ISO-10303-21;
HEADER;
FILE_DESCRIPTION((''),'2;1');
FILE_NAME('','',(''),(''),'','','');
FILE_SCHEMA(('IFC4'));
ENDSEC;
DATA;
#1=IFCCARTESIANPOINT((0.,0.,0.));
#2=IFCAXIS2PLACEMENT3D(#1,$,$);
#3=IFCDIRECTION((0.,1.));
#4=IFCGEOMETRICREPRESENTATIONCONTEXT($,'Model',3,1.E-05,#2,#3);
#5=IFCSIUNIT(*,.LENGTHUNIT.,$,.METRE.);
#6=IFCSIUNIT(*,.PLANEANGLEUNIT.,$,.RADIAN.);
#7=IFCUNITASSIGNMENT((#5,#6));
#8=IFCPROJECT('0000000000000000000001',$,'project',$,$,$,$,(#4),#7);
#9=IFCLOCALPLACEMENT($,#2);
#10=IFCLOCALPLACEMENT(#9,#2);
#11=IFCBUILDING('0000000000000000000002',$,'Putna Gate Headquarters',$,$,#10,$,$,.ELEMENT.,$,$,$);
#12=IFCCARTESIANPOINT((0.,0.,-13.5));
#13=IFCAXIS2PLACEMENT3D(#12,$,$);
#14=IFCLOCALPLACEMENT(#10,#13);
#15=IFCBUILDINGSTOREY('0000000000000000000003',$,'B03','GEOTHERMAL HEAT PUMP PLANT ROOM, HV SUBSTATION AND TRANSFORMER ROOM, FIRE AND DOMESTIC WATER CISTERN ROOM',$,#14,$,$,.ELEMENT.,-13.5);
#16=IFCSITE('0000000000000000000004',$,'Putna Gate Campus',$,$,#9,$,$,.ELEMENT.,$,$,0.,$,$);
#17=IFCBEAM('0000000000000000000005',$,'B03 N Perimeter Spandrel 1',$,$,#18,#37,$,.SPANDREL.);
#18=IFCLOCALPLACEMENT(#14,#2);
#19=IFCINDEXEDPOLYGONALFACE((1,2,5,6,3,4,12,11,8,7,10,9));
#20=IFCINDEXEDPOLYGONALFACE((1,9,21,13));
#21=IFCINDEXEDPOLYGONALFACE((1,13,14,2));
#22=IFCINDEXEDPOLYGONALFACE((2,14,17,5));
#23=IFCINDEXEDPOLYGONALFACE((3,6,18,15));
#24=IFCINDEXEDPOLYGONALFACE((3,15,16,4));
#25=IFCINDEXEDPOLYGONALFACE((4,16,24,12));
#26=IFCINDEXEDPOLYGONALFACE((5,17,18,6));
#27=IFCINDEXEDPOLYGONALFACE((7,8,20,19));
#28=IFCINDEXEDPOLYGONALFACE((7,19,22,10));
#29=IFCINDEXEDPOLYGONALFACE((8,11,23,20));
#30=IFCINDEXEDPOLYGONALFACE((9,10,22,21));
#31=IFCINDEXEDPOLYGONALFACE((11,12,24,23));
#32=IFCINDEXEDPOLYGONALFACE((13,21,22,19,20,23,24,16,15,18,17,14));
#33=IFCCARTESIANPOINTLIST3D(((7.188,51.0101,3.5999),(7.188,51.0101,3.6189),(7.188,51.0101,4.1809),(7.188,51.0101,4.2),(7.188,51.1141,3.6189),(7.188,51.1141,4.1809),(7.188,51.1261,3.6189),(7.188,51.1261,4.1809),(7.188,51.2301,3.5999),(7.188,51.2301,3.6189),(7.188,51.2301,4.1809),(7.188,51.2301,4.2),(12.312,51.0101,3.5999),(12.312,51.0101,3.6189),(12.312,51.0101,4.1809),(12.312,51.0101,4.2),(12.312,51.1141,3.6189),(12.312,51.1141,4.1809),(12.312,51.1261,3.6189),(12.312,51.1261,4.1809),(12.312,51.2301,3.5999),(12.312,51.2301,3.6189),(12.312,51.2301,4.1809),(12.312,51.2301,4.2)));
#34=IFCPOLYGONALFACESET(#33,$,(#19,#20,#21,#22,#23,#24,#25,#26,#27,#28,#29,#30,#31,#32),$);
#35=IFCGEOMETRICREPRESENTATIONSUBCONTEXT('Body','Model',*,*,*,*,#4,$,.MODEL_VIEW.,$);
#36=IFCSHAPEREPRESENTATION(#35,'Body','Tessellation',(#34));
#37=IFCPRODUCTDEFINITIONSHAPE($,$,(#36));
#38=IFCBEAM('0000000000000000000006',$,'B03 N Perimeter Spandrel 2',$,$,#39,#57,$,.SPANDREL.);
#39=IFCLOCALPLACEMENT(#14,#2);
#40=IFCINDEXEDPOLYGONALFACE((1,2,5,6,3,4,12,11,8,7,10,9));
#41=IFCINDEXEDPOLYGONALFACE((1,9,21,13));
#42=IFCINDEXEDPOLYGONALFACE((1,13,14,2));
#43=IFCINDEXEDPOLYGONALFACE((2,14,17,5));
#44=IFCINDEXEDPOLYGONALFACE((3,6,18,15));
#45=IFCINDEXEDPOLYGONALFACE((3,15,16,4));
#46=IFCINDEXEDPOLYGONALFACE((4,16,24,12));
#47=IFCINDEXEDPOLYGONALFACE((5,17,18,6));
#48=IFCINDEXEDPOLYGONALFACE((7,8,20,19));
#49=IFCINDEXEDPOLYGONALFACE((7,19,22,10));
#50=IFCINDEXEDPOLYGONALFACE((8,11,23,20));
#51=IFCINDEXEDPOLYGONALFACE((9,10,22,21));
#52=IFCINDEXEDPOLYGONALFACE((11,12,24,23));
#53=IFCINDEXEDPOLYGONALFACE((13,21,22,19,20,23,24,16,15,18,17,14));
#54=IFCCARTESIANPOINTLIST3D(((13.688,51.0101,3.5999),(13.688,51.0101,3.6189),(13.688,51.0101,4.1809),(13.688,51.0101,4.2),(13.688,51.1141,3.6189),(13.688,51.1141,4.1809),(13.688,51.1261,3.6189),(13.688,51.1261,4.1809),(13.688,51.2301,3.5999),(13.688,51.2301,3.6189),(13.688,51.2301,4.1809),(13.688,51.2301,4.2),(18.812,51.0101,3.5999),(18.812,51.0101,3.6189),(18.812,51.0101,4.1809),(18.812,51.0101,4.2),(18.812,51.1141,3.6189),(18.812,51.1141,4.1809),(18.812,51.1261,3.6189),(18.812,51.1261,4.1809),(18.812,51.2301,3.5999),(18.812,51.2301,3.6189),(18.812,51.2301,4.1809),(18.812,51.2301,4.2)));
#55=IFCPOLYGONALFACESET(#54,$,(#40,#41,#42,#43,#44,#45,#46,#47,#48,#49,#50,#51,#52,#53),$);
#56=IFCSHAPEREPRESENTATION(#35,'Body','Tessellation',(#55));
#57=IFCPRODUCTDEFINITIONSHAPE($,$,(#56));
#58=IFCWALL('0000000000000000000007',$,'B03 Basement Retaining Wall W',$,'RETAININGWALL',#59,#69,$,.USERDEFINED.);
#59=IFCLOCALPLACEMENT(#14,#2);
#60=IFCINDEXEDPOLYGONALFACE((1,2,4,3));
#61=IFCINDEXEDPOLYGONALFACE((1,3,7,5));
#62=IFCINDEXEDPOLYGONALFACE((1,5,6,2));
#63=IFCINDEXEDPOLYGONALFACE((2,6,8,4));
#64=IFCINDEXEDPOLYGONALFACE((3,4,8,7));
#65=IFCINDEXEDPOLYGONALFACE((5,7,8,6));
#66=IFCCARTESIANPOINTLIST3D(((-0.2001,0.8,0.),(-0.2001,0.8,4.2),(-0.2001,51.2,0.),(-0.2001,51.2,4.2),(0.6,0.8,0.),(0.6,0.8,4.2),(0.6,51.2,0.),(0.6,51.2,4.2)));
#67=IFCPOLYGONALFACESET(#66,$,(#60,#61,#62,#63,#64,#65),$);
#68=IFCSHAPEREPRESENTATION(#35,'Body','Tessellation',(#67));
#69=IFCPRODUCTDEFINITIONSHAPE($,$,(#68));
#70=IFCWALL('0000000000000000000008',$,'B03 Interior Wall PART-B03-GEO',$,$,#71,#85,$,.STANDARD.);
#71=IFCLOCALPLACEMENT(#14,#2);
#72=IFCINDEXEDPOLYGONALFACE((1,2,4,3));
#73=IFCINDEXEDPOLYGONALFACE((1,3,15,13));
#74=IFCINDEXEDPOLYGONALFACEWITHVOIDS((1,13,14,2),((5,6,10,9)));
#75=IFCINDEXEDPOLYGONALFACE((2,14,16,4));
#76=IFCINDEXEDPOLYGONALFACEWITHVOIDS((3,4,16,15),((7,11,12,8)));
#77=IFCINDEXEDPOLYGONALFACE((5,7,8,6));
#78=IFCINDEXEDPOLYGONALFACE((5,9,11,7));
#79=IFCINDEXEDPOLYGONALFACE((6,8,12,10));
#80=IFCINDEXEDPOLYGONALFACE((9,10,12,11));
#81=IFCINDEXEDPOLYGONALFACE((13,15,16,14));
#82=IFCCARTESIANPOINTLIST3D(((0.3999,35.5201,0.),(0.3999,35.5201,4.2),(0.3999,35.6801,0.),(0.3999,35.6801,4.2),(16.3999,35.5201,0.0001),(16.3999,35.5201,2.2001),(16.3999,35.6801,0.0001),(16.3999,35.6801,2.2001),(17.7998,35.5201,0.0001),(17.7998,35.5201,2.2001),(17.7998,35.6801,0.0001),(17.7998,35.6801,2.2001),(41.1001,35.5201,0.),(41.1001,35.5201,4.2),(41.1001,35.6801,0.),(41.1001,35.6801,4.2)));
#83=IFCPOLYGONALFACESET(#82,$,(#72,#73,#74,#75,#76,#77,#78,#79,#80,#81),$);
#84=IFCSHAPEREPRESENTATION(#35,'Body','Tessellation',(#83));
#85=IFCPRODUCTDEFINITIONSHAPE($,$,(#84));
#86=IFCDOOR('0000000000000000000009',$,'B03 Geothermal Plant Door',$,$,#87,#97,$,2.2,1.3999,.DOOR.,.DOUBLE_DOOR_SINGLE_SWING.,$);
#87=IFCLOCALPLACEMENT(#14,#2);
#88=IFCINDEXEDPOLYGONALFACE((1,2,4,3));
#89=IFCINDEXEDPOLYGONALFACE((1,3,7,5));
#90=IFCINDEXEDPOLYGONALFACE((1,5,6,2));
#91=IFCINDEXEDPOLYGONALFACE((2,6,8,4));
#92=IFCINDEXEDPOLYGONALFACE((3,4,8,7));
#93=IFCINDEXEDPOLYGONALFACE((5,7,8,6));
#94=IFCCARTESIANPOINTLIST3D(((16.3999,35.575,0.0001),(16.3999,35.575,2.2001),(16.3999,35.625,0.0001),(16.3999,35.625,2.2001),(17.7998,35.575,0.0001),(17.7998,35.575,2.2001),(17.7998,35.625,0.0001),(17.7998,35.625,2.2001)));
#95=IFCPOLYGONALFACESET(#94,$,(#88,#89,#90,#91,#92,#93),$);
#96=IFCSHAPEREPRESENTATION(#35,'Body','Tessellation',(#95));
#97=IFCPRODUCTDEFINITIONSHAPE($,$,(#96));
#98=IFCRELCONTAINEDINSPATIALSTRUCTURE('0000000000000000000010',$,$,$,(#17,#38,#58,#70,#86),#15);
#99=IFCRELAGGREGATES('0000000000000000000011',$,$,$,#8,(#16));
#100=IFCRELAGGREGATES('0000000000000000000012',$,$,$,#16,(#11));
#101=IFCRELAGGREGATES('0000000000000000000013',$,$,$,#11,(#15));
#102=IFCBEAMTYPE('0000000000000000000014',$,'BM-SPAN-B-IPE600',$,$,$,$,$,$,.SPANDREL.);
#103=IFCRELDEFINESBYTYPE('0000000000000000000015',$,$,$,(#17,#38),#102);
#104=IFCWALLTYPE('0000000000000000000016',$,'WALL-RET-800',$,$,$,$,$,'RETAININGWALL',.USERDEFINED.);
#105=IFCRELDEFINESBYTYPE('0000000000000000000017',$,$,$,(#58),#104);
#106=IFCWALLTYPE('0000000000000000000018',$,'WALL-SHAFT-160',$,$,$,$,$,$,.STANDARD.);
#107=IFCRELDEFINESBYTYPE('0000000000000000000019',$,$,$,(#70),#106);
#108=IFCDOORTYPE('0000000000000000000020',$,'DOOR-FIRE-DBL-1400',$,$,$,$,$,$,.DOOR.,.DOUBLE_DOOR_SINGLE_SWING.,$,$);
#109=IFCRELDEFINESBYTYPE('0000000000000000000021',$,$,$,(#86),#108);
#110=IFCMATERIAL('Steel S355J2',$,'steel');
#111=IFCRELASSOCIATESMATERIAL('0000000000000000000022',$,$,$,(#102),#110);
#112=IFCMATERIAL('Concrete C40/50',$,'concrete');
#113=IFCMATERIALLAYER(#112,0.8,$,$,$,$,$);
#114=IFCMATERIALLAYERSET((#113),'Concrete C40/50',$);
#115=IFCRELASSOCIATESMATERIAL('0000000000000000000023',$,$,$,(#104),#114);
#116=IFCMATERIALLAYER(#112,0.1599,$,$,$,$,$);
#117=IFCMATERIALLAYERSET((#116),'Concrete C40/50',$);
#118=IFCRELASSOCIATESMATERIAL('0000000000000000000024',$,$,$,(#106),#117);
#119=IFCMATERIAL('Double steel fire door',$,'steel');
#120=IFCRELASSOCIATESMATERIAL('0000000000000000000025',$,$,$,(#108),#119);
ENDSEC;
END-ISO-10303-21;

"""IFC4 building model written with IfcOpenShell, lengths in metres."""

from ifc_helpers import new_model, si_unit, direction, frame, frame_2d, origin, origin_2d, place, context, subcontext, project, spatial, rectangle, i_section, extrude, material, layer, layer_set, material_profile, profile_set, type_object, element, fill, save


model = new_model("IFC4")

# Units and contexts
model_context = context("Model", 3, precision=1e-05, world=origin(), true_north=direction((0.0, 1.0)))
body_context = subcontext(model_context, "Body", "Model", "MODEL_VIEW")
ifc_project = project(units=[si_unit("LENGTHUNIT", "METRE"), si_unit("PLANEANGLEUNIT", "RADIAN")], contexts=[model_context])

# Site, building, storey
site_placement = place(None, origin())
site = spatial("IfcSite", under=ifc_project, at=site_placement, Name="Putna Gate Campus", CompositionType="ELEMENT", RefElevation=0.0)
building_placement = place(site_placement, origin())
building = spatial("IfcBuilding", under=site, at=building_placement, Name="Putna Gate Headquarters", CompositionType="ELEMENT")
storey_placement = place(building_placement, frame((0.0, 0.0, -13.5)))
storey = spatial("IfcBuildingStorey", under=building, at=storey_placement, Name="B03", Description="GEOTHERMAL HEAT PUMP PLANT ROOM, HV SUBSTATION AND TRANSFORMER ROOM, FIRE AND DOMESTIC WATER CISTERN ROOM", CompositionType="ELEMENT", Elevation=-13.5)

# Shared definitions
ifc_material_1 = material(Name="Concrete C40/50", Category="concrete")

# Beams
ifc_material_2 = material(Name="Steel S355J2", Category="steel")
ifc_material_profile_1 = material_profile(ifc_material_2, i_section(OverallWidth=0.22, OverallDepth=0.6001, WebThickness=0.012, FlangeThickness=0.019, at=origin_2d()), Name="Steel S355J2")
ifc_profile_set_1 = profile_set([ifc_material_profile_1], Name="Steel S355J2")
beam_type_1 = type_object("IfcBeamType", Name="BM-SPAN-B-IPE600", PredefinedType="SPANDREL", material=ifc_profile_set_1)
for number, where, z_axis, x_axis, name in (
    (1, (7.188, 51.1201, 3.8999), (1.0, 0.0, 0.0), (0.0, 1.0, 0.0), "B03 N Perimeter Spandrel 1"),
    (2, (13.688, 51.1201, 3.8999), (1.0, 0.0, 0.0), (0.0, 1.0, 0.0), "B03 N Perimeter Spandrel 2"),
):
    element("IfcBeam", number, at=place(storey_placement, frame(where, z_axis=z_axis, x_axis=x_axis)), inside=storey, type_object=beam_type_1, Name=name, PredefinedType="SPANDREL", context=body_context, shape_type="SweptSolid", body=[
        extrude(i_section(OverallWidth=0.22, OverallDepth=0.6001, WebThickness=0.012, FlangeThickness=0.019, at=origin_2d()), origin(), (0.0, 0.0, 1.0), 5.124),
    ])

# Wall
ifc_layer_1 = layer(ifc_material_1, 0.8)
ifc_layer_set_1 = layer_set([ifc_layer_1], Name="Concrete C40/50")
wall_type_1 = type_object("IfcWallType", Name="WALL-RET-800", ElementType="RETAININGWALL", PredefinedType="USERDEFINED", material=ifc_layer_set_1)
wall_1_placement = place(storey_placement, frame((0.2, 51.2, 0.0), z_axis=(0.0, 0.0, 1.0), x_axis=(0.0, -1.0, 0.0)))
element("IfcWall", 3, at=wall_1_placement, inside=storey, type_object=wall_type_1, Name="B03 Basement Retaining Wall W", ObjectType="RETAININGWALL", PredefinedType="USERDEFINED", context=body_context, shape_type="SweptSolid", body=[
    extrude(rectangle(XDim=50.3999, YDim=0.8, at=frame_2d((25.2, 0.0))), origin(), (0.0, 0.0, 1.0), 4.2),
])

# Wall, opening, door
ifc_layer_2 = layer(ifc_material_1, 0.1599)
ifc_layer_set_2 = layer_set([ifc_layer_2], Name="Concrete C40/50")
wall_type_2 = type_object("IfcWallType", Name="WALL-SHAFT-160", PredefinedType="STANDARD", material=ifc_layer_set_2)
wall_2_placement = place(storey_placement, frame((0.3999, 35.6001, 0.0), z_axis=(0.0, 0.0, 1.0), x_axis=(1.0, 0.0, 0.0)))
wall_2 = element("IfcWall", 4, at=wall_2_placement, inside=storey, type_object=wall_type_2, Name="B03 Interior Wall PART-B03-GEO", PredefinedType="STANDARD", context=body_context, shape_type="SweptSolid", body=[
    extrude(rectangle(XDim=40.7002, YDim=0.1599, at=frame_2d((20.3501, 0.0))), origin(), (0.0, 0.0, 1.0), 4.2),
])
opening_placement = place(wall_2_placement, frame((16.0, 0.0, 0.0)))
opening = element("IfcOpeningElement", 5, at=opening_placement, cuts=wall_2, PredefinedType="OPENING", context=body_context, shape_type="SweptSolid", body=[
    extrude(rectangle(XDim=1.3999, YDim=2.2, at=frame_2d((0.7, 1.1001))), frame((0.0, 0.0898, 0.0), z_axis=(0.0, -1.0, 0.0), x_axis=(1.0, 0.0, 0.0)), (0.0, 0.0, 1.0), 0.1799),
])
ifc_material_3 = material(Name="Double steel fire door", Category="steel")
door_type = type_object("IfcDoorType", Name="DOOR-FIRE-DBL-1400", OperationType="DOUBLE_DOOR_SINGLE_SWING", PredefinedType="DOOR", material=ifc_material_3)
door_placement = place(opening_placement, origin())
door = element("IfcDoor", 6, at=door_placement, inside=storey, type_object=door_type, Name="B03 Geothermal Plant Door", OperationType="DOUBLE_DOOR_SINGLE_SWING", OverallHeight=2.2, OverallWidth=1.3999, PredefinedType="DOOR", context=body_context, shape_type="SweptSolid", body=[
    extrude(rectangle(XDim=1.3999, YDim=2.2, at=frame_2d((0.7, 1.1001))), frame((0.0, 0.0249, 0.0), z_axis=(0.0, -1.0, 0.0), x_axis=(1.0, 0.0, 0.0)), (0.0, 0.0, 1.0), 0.05),
])
fill(opening, door)

save(model, "model.ifc")
